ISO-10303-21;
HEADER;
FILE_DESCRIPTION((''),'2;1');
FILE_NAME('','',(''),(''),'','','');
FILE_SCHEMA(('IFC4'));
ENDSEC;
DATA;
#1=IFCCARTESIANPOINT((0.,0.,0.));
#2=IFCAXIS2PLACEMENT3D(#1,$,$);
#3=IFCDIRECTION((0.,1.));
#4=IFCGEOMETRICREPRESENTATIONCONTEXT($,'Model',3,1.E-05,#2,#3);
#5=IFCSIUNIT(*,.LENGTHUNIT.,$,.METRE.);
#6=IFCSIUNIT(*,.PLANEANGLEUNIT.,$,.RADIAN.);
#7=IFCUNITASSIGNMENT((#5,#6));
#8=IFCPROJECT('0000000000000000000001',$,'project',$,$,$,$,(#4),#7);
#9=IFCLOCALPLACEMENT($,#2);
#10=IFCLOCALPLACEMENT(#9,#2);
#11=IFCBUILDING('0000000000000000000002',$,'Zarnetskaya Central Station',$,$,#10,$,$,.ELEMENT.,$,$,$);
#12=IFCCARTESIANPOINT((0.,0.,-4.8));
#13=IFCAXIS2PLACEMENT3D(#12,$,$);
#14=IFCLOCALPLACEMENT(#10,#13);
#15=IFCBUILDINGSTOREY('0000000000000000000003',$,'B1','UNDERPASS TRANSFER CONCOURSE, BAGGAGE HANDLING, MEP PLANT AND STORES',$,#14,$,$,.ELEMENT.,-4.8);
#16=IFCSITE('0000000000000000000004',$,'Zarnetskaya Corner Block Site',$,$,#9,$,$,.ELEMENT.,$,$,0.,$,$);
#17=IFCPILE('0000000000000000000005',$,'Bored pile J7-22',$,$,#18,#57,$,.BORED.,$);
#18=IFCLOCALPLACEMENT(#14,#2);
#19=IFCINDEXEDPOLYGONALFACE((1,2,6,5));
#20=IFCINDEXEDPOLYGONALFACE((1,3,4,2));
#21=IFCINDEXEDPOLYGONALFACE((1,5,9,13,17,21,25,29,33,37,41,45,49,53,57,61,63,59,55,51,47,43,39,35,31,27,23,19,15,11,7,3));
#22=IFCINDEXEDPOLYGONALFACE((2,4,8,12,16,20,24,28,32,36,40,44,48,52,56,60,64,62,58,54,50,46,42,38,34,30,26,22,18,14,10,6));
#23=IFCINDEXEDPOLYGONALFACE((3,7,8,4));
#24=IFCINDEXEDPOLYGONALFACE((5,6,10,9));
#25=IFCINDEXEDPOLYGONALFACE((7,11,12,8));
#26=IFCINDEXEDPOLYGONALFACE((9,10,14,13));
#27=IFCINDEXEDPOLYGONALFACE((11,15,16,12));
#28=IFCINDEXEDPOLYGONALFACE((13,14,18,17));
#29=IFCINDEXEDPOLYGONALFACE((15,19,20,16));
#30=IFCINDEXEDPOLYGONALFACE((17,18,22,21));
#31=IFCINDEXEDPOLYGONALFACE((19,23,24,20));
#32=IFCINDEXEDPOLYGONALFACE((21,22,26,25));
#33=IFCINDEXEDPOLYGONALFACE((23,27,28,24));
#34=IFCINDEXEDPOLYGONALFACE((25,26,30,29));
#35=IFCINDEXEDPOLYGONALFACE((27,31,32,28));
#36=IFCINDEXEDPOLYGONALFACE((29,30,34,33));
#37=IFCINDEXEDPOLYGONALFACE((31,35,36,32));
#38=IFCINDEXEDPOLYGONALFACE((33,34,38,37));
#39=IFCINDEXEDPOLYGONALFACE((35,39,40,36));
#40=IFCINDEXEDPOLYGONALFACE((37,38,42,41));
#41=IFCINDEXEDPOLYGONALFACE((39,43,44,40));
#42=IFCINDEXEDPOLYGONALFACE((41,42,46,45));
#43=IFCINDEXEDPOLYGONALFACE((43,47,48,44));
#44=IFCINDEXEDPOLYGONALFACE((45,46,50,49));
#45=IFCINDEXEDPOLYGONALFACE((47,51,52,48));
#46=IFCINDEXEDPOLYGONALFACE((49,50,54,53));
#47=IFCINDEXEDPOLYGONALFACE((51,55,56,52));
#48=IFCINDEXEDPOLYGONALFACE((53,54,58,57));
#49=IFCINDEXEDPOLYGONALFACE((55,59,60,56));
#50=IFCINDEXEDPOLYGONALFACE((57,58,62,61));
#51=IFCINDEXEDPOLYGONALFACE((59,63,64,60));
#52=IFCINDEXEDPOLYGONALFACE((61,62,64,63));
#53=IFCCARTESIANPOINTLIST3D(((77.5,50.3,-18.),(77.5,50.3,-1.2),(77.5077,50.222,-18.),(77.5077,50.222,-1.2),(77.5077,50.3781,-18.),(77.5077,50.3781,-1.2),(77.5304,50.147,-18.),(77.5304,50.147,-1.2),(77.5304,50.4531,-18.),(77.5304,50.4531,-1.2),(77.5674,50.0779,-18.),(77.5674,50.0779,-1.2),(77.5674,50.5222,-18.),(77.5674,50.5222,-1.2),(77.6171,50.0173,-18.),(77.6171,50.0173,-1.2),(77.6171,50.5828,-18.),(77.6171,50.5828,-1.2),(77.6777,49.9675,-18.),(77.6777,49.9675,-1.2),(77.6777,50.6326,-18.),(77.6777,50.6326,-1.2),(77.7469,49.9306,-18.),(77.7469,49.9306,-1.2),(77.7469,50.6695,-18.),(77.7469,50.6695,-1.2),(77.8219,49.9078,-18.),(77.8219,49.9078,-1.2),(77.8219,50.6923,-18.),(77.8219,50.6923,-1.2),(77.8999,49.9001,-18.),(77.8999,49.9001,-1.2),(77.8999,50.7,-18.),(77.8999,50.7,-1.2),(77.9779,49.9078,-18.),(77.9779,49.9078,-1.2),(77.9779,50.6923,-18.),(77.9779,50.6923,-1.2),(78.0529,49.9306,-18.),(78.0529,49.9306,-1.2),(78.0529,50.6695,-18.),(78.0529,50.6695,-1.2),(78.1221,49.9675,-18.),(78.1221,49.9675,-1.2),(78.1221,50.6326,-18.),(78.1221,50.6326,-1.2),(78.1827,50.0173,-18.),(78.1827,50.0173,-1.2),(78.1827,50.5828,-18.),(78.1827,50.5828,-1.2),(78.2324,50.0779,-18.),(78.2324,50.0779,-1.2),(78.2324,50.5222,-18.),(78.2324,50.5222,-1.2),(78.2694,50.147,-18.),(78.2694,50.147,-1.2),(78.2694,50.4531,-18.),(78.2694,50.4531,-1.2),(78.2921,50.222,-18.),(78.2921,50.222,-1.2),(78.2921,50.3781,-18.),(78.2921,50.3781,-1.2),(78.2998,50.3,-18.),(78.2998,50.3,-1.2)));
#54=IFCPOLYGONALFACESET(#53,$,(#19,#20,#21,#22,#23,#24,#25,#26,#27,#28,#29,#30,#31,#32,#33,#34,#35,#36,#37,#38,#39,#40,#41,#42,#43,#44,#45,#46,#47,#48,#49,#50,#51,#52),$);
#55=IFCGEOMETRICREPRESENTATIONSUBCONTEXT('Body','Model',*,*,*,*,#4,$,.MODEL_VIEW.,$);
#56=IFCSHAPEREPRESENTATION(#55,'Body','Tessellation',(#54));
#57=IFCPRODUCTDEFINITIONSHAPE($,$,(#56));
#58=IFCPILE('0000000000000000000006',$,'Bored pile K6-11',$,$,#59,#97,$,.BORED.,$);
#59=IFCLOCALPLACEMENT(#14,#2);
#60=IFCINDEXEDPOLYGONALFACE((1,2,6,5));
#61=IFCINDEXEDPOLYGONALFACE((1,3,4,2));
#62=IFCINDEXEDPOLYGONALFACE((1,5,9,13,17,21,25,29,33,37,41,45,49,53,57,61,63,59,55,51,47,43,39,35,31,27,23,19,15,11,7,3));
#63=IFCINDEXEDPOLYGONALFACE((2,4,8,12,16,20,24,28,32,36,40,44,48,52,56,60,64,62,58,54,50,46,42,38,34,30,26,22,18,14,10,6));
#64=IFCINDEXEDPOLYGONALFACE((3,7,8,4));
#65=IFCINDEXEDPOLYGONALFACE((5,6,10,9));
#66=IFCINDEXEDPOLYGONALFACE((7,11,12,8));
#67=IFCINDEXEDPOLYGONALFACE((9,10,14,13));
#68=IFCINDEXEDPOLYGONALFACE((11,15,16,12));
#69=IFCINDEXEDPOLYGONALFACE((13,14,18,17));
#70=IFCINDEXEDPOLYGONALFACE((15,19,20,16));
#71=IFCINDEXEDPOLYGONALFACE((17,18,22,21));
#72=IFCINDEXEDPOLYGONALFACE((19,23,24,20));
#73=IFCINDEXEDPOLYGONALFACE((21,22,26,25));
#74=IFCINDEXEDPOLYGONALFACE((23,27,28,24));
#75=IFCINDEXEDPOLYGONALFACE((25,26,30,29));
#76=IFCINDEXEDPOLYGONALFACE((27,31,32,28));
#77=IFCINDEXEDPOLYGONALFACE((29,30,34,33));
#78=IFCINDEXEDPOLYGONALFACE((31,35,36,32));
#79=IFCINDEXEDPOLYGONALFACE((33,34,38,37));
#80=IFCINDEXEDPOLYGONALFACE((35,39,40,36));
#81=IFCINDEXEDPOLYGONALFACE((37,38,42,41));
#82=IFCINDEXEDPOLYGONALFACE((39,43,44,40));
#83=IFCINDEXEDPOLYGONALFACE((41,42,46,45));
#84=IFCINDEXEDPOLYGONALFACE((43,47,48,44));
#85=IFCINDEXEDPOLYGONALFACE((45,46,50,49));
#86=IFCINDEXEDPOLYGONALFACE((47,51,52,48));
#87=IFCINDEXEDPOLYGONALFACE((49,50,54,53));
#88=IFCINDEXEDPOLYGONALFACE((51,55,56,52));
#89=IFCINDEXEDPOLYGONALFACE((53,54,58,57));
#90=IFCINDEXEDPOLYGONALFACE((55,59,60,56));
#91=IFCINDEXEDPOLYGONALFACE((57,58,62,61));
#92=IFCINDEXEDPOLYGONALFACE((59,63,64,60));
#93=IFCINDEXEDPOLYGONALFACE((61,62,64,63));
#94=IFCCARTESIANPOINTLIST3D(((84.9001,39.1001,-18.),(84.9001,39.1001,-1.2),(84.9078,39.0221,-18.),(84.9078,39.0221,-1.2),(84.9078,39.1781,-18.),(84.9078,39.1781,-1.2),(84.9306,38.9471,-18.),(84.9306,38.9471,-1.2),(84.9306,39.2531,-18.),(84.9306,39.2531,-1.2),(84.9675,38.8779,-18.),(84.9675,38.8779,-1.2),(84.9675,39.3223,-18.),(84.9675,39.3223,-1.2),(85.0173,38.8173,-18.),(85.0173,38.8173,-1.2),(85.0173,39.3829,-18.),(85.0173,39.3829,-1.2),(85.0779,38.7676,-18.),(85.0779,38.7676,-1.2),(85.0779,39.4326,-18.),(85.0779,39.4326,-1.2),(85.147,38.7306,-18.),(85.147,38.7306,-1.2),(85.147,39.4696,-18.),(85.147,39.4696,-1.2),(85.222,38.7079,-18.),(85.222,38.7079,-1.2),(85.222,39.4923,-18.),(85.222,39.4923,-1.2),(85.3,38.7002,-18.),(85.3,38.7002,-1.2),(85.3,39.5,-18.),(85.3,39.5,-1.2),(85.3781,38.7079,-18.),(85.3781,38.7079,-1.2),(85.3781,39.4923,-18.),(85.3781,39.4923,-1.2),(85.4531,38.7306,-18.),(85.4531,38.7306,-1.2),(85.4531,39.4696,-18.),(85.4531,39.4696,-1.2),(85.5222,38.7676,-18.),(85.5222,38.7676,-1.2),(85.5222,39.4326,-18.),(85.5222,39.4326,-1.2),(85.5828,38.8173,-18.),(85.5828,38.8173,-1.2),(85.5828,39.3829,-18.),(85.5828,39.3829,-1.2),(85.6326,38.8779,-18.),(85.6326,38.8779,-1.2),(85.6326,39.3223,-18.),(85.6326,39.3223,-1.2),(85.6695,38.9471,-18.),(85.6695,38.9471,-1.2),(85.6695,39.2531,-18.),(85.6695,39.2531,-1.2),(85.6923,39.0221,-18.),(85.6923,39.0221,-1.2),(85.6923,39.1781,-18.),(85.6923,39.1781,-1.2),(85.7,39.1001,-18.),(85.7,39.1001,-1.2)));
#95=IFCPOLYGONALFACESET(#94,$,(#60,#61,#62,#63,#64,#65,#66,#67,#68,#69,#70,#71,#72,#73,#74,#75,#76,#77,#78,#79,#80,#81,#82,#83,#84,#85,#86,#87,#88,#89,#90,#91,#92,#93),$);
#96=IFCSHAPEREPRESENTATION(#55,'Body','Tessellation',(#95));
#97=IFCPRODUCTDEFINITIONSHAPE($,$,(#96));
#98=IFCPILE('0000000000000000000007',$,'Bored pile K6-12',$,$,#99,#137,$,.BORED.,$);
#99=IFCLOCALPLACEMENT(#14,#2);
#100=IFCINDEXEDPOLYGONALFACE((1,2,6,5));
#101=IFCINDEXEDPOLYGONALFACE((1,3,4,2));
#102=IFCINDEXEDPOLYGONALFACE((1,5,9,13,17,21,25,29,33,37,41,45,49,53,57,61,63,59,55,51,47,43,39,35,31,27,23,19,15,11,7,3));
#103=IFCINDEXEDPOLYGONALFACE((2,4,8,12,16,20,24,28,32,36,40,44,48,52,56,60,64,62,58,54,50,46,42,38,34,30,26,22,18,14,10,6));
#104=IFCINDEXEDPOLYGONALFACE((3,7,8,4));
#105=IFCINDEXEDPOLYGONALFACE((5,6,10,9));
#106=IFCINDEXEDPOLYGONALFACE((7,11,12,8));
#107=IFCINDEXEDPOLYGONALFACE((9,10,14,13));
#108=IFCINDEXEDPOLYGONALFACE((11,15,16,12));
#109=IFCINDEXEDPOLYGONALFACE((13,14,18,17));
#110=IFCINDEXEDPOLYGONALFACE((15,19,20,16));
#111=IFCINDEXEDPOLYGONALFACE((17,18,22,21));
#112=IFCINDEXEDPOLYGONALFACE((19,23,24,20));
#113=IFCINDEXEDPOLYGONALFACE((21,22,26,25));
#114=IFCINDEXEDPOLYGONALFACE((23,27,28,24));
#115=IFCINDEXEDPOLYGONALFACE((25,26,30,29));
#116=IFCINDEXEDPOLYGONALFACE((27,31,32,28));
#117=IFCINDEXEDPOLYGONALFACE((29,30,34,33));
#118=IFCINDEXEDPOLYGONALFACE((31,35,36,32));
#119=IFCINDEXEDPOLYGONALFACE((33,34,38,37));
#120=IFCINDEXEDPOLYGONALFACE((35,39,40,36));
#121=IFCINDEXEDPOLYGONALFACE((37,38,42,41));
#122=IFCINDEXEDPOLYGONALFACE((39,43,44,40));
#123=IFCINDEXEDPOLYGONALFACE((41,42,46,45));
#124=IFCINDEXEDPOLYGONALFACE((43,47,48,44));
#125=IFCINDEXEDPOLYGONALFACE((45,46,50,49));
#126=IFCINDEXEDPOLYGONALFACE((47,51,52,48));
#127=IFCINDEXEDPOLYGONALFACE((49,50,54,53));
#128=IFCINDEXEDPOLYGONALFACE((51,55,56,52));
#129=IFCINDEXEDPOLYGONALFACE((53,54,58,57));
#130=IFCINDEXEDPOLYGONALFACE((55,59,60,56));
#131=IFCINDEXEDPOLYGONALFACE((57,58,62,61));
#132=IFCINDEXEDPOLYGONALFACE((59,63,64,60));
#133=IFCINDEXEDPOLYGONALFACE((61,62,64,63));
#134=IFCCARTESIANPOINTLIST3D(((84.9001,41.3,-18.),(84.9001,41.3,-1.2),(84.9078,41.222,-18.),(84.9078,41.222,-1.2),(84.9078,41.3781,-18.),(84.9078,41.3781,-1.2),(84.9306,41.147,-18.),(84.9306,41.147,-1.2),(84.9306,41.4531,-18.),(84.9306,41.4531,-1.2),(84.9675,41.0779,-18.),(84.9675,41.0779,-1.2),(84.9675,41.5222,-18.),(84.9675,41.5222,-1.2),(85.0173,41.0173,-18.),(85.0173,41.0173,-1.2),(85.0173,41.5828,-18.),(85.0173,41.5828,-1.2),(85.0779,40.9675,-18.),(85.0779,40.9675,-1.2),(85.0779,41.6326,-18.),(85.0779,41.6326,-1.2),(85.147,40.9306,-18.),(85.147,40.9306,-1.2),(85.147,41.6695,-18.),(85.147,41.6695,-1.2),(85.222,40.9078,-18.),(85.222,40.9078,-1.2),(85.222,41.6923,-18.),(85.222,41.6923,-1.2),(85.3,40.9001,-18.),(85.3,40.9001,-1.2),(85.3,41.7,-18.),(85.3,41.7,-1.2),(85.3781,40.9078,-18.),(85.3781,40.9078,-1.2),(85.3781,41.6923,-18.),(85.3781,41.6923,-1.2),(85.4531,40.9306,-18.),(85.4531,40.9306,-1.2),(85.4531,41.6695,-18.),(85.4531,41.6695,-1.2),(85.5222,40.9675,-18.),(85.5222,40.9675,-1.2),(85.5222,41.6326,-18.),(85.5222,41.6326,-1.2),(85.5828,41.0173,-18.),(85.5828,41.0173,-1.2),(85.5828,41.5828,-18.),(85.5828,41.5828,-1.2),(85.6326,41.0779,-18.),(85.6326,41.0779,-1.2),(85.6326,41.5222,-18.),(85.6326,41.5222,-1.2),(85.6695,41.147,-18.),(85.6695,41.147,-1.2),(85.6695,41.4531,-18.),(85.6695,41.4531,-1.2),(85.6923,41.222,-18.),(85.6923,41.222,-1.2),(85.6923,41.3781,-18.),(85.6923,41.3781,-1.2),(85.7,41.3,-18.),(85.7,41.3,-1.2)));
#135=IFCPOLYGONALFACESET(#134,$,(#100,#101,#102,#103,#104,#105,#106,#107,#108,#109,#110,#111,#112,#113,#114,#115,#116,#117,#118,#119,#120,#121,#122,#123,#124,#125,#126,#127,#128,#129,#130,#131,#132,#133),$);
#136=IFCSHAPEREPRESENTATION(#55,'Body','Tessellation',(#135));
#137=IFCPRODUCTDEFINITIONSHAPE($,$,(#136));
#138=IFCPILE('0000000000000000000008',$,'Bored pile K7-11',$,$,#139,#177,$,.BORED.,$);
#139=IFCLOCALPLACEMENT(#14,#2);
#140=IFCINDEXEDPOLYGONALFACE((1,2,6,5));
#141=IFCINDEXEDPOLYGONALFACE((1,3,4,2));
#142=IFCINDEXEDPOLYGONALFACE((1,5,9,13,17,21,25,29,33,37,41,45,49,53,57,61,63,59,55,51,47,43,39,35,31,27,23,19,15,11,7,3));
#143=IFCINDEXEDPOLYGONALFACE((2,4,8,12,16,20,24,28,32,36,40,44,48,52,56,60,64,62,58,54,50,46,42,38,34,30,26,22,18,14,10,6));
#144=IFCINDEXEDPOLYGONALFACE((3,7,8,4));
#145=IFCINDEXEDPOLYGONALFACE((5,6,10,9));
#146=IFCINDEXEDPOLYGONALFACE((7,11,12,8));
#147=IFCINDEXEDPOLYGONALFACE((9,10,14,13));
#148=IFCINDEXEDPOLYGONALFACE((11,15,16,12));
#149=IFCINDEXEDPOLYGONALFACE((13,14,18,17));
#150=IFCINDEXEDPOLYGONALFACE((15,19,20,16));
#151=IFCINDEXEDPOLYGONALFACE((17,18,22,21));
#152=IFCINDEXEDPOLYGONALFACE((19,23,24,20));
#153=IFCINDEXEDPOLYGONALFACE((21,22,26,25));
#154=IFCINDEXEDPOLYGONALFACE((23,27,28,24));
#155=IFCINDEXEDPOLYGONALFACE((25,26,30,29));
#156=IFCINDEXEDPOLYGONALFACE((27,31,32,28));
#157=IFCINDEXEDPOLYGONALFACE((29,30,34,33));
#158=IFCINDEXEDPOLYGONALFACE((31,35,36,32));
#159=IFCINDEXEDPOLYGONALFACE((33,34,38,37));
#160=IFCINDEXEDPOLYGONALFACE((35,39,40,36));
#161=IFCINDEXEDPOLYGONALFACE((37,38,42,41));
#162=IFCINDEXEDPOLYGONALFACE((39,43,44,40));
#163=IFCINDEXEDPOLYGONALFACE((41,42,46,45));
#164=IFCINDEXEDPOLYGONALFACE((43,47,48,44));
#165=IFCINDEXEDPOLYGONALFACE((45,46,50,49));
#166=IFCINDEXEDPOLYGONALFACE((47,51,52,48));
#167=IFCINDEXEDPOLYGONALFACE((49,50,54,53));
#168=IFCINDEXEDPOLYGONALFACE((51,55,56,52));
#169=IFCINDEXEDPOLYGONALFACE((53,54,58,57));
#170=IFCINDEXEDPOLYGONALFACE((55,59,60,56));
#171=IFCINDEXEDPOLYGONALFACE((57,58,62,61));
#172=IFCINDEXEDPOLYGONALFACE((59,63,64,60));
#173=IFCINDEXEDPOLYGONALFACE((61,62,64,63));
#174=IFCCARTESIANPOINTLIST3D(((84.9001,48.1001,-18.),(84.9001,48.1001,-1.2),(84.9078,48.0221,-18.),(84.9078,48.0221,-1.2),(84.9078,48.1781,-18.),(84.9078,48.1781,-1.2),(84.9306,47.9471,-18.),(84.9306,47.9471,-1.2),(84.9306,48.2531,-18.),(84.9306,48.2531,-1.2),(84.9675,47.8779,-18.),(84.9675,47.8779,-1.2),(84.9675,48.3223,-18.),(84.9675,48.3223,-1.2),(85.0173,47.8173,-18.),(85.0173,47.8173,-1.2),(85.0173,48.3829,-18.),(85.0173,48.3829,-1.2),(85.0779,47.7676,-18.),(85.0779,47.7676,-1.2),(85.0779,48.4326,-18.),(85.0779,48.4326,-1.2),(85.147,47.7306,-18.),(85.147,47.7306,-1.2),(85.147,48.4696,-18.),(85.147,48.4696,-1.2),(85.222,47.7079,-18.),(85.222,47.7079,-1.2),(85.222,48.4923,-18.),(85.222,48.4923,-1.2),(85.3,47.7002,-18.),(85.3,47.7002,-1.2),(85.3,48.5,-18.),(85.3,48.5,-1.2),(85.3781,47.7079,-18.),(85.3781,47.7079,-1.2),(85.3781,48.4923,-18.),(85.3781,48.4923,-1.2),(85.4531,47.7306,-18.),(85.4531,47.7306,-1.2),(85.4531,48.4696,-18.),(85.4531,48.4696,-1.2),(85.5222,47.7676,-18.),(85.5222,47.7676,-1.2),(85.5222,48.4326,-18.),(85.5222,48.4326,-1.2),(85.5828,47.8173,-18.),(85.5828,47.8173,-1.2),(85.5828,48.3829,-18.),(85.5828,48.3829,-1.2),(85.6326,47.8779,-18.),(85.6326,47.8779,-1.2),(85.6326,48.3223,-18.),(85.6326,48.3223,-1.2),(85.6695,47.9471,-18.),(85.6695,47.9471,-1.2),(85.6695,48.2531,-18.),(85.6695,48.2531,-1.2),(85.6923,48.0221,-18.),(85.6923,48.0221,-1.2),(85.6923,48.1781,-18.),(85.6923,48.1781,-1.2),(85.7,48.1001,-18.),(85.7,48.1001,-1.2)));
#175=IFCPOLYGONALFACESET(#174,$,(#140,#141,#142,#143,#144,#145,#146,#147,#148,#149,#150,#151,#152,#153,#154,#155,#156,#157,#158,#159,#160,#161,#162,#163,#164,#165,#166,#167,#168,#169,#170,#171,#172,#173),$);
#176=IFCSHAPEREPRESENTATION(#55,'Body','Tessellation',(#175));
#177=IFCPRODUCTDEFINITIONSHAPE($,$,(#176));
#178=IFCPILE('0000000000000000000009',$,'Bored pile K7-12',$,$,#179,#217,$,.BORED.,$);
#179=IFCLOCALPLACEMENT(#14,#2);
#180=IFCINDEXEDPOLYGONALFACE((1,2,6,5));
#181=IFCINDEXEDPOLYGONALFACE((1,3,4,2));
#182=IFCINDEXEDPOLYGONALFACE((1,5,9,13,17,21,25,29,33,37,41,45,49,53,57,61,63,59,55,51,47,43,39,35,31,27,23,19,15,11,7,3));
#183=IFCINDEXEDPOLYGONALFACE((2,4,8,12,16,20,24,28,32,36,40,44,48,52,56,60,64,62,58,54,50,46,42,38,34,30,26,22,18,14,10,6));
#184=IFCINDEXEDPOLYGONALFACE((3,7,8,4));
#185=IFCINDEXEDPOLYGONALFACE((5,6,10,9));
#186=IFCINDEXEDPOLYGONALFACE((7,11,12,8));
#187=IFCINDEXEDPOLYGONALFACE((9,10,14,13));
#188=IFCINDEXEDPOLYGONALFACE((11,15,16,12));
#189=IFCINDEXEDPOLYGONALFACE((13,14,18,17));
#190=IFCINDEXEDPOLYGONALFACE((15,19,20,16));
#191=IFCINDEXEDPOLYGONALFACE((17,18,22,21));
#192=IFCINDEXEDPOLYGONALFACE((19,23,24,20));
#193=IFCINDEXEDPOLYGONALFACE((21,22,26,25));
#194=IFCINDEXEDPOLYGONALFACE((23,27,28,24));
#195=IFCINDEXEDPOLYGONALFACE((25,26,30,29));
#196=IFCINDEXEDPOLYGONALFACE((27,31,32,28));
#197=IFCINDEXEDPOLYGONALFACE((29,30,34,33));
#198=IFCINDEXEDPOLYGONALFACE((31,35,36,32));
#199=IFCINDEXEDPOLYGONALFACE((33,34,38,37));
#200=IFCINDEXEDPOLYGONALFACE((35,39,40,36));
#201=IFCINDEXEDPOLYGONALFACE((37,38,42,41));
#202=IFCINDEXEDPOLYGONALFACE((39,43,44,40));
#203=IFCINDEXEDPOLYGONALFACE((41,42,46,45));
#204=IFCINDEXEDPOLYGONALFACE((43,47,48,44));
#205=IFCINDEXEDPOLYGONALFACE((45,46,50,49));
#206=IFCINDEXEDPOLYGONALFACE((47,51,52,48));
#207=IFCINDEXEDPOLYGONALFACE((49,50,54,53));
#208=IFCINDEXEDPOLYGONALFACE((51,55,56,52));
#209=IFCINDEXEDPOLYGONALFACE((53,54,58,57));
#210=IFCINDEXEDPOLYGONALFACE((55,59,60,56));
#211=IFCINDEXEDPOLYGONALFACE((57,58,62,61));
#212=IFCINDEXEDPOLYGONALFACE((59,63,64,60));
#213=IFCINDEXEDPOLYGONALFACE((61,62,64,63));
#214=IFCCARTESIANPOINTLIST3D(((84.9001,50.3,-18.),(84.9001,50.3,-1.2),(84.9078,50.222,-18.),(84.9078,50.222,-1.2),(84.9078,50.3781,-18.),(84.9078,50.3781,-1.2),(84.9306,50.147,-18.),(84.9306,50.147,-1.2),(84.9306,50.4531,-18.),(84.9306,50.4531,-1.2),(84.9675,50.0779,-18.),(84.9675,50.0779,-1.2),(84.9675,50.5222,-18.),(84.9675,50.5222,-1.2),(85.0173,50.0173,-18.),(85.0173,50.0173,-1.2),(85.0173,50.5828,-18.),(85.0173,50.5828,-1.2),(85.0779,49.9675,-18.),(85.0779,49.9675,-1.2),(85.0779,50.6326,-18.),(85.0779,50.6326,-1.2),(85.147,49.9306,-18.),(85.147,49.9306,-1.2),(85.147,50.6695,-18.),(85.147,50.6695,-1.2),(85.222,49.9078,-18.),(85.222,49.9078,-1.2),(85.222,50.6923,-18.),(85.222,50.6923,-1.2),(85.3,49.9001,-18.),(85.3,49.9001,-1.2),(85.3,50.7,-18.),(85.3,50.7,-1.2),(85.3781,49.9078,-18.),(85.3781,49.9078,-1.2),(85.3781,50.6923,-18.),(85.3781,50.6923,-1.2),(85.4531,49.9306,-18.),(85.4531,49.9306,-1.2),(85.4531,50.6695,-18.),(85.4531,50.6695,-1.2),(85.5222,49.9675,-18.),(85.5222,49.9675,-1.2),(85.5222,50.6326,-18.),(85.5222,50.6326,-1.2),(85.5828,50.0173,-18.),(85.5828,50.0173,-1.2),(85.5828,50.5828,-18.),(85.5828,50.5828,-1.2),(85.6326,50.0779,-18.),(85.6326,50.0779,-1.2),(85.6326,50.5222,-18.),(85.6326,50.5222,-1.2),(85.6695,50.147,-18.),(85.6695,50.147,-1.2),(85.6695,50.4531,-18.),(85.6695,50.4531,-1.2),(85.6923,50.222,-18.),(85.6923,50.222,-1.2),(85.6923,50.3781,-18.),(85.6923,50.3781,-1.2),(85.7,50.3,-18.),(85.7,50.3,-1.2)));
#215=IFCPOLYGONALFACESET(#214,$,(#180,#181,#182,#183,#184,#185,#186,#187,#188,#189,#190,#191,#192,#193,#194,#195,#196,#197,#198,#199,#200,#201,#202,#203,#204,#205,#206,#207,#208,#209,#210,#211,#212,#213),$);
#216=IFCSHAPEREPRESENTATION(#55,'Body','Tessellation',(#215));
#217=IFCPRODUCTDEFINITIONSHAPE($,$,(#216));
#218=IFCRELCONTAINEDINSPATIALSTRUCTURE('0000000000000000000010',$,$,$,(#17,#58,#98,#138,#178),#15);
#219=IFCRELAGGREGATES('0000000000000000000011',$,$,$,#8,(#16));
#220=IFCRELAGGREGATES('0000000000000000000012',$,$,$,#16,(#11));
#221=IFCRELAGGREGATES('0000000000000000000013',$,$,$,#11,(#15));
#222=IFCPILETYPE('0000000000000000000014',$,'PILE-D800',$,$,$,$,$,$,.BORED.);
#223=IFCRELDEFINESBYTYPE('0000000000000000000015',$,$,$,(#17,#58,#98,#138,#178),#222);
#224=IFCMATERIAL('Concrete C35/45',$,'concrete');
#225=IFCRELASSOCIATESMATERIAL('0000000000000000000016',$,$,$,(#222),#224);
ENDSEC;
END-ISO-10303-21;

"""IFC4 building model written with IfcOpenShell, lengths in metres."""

from ifc_helpers import new_model, si_unit, direction, frame, origin, origin_2d, place, context, subcontext, project, spatial, circle, extrude, material, material_profile, profile_set, type_object, element, save


model = new_model("IFC4")

# Units and contexts
model_context = context("Model", 3, precision=1e-05, world=origin(), true_north=direction((0.0, 1.0)))
body_context = subcontext(model_context, "Body", "Model", "MODEL_VIEW")
ifc_project = project(units=[si_unit("LENGTHUNIT", "METRE"), si_unit("PLANEANGLEUNIT", "RADIAN")], contexts=[model_context])

# Site, building, storey
site_placement = place(None, origin())
site = spatial("IfcSite", under=ifc_project, at=site_placement, Name="Zarnetskaya Corner Block Site", CompositionType="ELEMENT", RefElevation=0.0)
building_placement = place(site_placement, origin())
building = spatial("IfcBuilding", under=site, at=building_placement, Name="Zarnetskaya Central Station", CompositionType="ELEMENT")
storey_placement = place(building_placement, frame((0.0, 0.0, -4.8)))
storey = spatial("IfcBuildingStorey", under=building, at=storey_placement, Name="B1", Description="UNDERPASS TRANSFER CONCOURSE, BAGGAGE HANDLING, MEP PLANT AND STORES", CompositionType="ELEMENT", Elevation=-4.8)

# Shared definitions
ifc_material = material(Name="Concrete C35/45", Category="concrete")

# Piles
ifc_material_profile_1 = material_profile(ifc_material, circle(Radius=0.3999, at=origin_2d()), Name="BORED PILE D800")
ifc_profile_set_1 = profile_set([ifc_material_profile_1], Name="Concrete C35/45")
pile_type_1 = type_object("IfcPileType", Name="PILE-D800", PredefinedType="BORED", material=ifc_profile_set_1)
for number, where, z_axis, x_axis, name in (
    (1, (77.8999, 50.3, -1.2), (0.0, 0.0, -1.0), (1.0, 0.0, 0.0), "Bored pile J7-22"),
    (2, (85.3, 39.1001, -1.2), (0.0, 0.0, -1.0), (1.0, 0.0, 0.0), "Bored pile K6-11"),
    (3, (85.3, 41.3, -1.2), (0.0, 0.0, -1.0), (1.0, 0.0, 0.0), "Bored pile K6-12"),
    (4, (85.3, 48.1001, -1.2), (0.0, 0.0, -1.0), (1.0, 0.0, 0.0), "Bored pile K7-11"),
    (5, (85.3, 50.3, -1.2), (0.0, 0.0, -1.0), (1.0, 0.0, 0.0), "Bored pile K7-12"),
):
    element("IfcPile", number, at=place(storey_placement, frame(where, z_axis=z_axis, x_axis=x_axis)), inside=storey, type_object=pile_type_1, Name=name, PredefinedType="BORED", context=body_context, shape_type="SweptSolid", body=[
        extrude(circle(Radius=0.3999, at=origin_2d()), origin(), (0.0, 0.0, 1.0), 16.8),
    ])

save(model, "model.ifc")
